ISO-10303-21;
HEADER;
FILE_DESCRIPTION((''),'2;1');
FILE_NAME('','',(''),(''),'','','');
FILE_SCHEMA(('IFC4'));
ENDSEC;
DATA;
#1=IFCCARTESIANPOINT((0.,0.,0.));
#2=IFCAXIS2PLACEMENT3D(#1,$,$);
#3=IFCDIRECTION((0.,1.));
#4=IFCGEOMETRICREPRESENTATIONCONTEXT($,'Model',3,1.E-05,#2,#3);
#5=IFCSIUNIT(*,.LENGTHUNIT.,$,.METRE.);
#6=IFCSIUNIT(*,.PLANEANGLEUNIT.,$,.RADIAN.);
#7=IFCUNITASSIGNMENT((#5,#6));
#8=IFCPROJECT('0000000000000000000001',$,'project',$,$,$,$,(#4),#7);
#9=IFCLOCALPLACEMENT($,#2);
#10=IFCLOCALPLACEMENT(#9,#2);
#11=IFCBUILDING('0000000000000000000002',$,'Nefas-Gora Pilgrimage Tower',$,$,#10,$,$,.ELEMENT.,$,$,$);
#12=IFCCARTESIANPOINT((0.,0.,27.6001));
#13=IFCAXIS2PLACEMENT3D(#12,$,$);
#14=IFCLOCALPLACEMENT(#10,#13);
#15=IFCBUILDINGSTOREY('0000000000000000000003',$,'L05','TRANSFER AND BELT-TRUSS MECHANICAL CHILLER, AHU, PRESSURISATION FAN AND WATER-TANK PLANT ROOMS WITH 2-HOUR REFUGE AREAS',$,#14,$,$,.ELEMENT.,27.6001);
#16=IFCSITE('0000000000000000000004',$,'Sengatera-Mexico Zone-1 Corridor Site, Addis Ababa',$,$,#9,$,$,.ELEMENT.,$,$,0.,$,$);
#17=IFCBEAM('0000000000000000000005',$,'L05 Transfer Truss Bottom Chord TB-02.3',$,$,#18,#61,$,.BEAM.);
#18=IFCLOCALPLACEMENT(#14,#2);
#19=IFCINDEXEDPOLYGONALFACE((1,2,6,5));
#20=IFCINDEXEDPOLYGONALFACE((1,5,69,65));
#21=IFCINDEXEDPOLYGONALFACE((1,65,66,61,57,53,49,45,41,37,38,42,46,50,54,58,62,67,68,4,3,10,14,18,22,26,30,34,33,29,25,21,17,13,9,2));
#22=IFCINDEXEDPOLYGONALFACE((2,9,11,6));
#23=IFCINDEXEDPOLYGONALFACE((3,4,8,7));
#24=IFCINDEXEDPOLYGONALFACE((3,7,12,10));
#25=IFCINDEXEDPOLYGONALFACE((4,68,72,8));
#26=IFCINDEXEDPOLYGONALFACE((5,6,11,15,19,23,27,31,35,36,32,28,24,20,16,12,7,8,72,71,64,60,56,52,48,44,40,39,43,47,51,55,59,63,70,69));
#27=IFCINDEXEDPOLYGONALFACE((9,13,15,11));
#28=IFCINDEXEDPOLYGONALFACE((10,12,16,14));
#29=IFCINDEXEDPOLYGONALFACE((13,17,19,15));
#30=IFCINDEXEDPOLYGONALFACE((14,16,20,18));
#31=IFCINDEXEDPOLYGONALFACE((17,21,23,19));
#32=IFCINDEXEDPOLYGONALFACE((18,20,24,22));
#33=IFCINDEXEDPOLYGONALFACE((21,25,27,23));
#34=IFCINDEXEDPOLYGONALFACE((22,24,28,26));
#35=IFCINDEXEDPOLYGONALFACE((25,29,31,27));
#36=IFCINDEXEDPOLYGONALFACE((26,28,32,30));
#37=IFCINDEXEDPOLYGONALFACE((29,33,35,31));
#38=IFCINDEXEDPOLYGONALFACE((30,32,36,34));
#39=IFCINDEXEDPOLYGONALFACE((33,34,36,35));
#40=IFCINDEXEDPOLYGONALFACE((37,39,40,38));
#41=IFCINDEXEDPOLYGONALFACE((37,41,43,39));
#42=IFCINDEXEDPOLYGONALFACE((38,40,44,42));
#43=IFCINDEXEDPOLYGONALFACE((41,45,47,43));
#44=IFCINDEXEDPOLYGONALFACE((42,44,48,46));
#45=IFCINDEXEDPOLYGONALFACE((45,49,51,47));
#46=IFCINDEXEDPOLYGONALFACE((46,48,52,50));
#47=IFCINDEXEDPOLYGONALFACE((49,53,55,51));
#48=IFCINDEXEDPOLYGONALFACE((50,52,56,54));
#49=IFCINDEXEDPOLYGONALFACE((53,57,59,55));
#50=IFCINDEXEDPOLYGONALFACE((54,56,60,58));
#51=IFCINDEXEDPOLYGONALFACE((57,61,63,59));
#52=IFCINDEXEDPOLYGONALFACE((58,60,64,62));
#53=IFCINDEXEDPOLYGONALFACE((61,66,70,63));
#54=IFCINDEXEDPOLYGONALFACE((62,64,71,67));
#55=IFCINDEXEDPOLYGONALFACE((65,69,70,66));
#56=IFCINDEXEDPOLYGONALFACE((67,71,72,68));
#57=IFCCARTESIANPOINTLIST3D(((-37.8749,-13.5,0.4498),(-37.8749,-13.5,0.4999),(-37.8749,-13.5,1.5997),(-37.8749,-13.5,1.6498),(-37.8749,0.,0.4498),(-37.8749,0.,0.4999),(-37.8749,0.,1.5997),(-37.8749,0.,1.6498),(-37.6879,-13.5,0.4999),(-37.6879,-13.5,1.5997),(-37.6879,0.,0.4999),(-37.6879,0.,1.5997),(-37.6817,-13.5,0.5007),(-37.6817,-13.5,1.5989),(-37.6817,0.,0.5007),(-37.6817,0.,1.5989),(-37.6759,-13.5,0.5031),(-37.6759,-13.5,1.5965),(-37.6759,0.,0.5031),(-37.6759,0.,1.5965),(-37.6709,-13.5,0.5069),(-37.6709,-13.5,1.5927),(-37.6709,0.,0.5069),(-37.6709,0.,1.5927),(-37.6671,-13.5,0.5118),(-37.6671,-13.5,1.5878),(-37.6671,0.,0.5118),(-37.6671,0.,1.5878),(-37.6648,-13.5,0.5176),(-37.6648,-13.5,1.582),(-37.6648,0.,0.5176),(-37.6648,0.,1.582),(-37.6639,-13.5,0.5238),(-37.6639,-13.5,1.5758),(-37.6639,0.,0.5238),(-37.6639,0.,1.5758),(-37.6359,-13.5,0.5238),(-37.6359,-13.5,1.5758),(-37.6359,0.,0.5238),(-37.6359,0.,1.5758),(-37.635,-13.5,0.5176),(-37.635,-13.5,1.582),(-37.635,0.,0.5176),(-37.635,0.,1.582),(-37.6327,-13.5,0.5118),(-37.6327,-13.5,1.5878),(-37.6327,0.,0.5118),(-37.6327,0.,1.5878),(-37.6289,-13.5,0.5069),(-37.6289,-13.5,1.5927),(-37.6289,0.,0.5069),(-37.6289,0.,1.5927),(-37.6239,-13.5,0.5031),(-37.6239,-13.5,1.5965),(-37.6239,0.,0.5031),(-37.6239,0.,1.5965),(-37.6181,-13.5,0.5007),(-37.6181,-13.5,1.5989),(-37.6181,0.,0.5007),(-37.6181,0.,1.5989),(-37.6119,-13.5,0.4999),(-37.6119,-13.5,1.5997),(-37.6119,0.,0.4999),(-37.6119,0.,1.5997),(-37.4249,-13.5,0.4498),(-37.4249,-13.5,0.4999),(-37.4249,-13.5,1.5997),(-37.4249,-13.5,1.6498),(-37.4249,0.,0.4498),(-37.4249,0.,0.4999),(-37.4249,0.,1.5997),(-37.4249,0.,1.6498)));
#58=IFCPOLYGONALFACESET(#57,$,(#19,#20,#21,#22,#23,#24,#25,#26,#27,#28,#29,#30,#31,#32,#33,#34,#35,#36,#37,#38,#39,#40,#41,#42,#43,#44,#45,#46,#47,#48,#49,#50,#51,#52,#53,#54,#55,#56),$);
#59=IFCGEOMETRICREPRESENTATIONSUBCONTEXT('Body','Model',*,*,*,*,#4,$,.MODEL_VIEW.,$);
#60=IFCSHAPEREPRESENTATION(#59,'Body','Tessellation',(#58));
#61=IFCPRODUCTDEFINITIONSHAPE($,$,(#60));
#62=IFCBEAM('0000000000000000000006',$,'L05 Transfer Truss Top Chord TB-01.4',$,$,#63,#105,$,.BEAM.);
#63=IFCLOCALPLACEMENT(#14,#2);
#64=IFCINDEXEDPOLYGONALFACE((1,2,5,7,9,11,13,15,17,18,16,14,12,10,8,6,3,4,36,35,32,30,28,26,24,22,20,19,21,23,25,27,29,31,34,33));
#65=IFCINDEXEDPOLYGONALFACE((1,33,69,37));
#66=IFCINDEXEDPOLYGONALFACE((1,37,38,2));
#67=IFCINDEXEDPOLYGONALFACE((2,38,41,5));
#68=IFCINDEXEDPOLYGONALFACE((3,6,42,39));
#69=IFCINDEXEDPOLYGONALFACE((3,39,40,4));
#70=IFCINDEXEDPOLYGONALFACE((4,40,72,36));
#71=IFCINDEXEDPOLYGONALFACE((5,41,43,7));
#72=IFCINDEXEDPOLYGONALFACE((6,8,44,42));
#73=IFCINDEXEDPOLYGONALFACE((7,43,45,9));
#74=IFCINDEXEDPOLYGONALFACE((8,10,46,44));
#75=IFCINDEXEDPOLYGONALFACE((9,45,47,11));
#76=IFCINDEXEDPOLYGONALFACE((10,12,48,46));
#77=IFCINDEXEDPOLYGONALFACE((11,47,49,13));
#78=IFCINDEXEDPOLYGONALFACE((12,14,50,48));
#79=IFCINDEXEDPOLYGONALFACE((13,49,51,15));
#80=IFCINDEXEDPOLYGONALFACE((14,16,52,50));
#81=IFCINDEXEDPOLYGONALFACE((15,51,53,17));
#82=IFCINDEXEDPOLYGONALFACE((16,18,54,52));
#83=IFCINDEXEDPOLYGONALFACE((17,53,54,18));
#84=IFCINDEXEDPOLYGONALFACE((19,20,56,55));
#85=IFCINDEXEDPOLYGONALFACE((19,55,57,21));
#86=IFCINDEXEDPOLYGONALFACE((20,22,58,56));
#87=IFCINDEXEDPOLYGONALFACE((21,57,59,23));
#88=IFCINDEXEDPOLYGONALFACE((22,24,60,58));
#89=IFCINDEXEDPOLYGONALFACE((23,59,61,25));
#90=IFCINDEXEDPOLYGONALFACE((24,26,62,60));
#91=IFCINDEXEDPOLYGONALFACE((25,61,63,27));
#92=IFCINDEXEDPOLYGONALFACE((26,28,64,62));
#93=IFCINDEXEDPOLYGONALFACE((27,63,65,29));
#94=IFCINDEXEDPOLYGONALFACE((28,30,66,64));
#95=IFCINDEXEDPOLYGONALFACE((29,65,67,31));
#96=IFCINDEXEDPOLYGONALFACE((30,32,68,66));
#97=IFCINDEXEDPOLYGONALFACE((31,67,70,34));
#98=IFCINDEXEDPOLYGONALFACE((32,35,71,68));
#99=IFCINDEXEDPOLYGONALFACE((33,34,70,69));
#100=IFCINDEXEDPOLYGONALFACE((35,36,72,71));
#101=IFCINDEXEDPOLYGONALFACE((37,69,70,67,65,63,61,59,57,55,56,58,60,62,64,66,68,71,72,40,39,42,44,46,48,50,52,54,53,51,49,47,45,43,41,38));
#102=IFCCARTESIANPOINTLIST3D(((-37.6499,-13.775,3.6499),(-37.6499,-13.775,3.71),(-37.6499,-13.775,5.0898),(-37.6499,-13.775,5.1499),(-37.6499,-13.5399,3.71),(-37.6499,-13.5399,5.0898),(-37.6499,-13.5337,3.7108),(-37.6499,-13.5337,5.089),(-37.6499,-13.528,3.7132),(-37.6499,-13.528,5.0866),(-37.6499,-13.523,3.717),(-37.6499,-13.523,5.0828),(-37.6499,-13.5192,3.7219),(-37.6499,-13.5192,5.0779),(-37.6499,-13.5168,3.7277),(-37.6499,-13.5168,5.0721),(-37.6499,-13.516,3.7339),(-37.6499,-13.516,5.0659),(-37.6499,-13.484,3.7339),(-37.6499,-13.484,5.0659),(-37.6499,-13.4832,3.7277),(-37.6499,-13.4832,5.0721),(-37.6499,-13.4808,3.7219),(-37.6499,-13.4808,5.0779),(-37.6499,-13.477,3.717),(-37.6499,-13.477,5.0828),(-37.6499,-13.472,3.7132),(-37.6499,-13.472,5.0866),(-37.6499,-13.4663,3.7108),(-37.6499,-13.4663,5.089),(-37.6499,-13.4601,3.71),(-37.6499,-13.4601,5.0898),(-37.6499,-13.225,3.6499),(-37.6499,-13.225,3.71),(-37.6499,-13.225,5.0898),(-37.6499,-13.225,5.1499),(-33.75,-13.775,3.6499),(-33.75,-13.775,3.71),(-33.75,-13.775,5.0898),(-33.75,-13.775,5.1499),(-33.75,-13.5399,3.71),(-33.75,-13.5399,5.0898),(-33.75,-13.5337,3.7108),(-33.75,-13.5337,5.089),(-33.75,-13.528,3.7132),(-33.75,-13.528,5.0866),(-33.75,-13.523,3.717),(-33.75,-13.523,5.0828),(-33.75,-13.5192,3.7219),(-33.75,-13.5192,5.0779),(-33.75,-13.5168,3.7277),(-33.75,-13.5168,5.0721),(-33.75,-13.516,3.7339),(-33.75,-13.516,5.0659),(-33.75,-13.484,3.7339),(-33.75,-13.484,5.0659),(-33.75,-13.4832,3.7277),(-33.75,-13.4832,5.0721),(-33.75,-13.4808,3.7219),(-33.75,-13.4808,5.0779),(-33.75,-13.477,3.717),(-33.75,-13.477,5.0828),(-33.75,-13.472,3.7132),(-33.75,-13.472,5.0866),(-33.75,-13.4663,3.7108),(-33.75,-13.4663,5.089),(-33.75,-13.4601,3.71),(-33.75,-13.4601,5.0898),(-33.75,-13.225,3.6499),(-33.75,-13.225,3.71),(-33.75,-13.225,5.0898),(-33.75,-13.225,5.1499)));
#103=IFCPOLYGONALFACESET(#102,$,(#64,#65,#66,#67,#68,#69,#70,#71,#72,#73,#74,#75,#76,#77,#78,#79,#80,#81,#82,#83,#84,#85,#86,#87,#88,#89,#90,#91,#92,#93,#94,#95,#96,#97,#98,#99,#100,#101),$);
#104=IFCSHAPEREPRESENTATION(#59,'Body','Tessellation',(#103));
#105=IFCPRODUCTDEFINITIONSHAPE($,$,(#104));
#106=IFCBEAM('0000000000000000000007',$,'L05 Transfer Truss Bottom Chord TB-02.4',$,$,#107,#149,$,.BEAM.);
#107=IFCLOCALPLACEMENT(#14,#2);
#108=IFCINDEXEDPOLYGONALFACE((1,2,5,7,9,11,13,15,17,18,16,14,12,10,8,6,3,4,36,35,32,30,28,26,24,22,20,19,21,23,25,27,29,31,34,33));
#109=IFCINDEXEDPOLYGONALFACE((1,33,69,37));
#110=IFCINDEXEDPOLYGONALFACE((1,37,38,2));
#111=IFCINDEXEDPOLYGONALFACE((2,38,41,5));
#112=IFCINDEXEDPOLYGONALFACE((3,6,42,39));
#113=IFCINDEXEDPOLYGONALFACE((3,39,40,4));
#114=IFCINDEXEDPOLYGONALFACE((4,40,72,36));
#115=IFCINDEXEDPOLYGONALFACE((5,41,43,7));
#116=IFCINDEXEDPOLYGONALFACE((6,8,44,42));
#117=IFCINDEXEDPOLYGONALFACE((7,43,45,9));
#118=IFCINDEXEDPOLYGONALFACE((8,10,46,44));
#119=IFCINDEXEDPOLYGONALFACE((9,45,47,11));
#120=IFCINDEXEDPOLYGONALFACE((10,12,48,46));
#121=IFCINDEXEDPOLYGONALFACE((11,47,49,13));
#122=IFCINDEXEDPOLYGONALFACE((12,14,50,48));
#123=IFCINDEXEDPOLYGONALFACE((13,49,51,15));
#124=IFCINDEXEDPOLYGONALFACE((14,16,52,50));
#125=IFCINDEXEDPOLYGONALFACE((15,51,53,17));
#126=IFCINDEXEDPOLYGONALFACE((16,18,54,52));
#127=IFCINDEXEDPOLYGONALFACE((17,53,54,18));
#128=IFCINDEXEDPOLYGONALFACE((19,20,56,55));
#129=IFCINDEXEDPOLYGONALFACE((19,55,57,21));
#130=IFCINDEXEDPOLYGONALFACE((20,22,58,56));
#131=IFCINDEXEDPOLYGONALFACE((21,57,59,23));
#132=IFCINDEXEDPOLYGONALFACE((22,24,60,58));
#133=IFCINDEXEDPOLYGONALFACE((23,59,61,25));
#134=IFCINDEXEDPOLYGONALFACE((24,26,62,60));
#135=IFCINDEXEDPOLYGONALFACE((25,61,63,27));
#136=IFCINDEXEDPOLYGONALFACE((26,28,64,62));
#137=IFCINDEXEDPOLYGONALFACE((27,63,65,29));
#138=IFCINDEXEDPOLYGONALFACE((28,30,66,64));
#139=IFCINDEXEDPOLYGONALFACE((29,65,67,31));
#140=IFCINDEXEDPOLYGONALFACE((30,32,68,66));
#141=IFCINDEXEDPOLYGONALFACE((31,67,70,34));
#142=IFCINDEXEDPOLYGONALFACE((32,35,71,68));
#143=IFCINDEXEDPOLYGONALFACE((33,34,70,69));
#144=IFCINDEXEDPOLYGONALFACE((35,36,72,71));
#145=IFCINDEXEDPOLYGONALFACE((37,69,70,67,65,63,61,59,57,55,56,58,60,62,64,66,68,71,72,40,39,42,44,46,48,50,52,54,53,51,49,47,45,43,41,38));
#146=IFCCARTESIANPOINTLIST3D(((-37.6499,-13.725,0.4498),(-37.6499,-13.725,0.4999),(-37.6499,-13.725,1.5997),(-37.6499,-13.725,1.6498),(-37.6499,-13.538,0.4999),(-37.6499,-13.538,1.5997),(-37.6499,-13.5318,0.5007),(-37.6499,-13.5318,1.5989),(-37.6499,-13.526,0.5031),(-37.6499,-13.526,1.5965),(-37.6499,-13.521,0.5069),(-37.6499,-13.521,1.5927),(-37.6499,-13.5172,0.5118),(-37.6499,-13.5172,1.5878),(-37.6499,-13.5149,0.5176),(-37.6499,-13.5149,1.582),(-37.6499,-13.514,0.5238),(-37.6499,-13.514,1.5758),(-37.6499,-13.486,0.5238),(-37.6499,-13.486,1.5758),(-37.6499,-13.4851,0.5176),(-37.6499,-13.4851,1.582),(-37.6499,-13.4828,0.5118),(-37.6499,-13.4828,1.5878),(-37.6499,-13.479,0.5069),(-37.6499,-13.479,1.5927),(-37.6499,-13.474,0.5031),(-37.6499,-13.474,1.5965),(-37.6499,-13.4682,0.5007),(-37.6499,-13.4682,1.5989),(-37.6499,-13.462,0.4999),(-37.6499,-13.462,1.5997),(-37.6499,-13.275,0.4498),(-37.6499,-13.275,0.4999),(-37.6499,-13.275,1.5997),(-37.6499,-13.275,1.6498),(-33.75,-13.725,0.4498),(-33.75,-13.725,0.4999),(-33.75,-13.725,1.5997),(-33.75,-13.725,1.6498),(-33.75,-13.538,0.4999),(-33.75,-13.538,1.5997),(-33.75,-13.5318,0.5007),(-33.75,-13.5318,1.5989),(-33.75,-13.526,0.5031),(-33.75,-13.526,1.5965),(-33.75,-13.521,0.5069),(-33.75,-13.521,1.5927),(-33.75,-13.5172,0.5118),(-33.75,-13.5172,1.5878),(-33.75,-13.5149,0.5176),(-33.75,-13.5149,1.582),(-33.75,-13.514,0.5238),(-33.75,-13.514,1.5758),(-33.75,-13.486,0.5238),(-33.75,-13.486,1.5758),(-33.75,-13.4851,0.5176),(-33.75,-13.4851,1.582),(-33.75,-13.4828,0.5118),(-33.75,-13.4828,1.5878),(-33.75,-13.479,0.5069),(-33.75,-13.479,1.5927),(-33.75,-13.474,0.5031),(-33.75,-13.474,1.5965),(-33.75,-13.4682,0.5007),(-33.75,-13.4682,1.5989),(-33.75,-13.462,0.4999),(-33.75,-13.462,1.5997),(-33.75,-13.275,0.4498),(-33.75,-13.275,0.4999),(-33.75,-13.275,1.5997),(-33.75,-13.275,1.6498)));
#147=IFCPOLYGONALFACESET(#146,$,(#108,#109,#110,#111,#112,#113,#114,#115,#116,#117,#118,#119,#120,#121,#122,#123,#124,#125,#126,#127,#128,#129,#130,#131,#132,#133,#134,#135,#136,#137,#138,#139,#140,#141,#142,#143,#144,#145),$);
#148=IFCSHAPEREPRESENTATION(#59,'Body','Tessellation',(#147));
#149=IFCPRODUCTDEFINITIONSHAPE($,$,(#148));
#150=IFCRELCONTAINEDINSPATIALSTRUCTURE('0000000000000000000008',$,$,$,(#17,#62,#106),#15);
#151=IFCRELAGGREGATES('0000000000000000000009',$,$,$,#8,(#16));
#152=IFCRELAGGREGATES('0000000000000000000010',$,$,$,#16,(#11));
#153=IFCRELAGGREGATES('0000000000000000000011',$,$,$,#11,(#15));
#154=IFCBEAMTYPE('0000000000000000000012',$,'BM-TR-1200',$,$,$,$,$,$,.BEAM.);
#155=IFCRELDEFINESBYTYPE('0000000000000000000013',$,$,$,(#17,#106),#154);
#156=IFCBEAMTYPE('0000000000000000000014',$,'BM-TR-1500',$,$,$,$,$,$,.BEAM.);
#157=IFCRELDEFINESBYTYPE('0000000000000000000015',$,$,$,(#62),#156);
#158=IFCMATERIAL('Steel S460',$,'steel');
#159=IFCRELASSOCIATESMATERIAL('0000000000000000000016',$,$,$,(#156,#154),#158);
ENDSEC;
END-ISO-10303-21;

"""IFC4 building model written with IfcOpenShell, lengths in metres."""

from ifc_helpers import new_model, si_unit, direction, frame, origin, origin_2d, place, context, subcontext, project, spatial, i_section, extrude, source, transform, mapped, material, material_profile, profile_set, type_object, element, save


model = new_model("IFC4")

# Units and contexts
model_context = context("Model", 3, precision=1e-05, world=origin(), true_north=direction((0.0, 1.0)))
body_context = subcontext(model_context, "Body", "Model", "MODEL_VIEW")
ifc_project = project(units=[si_unit("LENGTHUNIT", "METRE"), si_unit("PLANEANGLEUNIT", "RADIAN")], contexts=[model_context])

# Site, building, storey
site_placement = place(None, origin())
site = spatial("IfcSite", under=ifc_project, at=site_placement, Name="Sengatera-Mexico Zone-1 Corridor Site, Addis Ababa", CompositionType="ELEMENT", RefElevation=0.0)
building_placement = place(site_placement, origin())
building = spatial("IfcBuilding", under=site, at=building_placement, Name="Nefas-Gora Pilgrimage Tower", CompositionType="ELEMENT")
storey_placement = place(building_placement, frame((0.0, 0.0, 27.6001)))
storey = spatial("IfcBuildingStorey", under=building, at=storey_placement, Name="L05", Description="TRANSFER AND BELT-TRUSS MECHANICAL CHILLER, AHU, PRESSURISATION FAN AND WATER-TANK PLANT ROOMS WITH 2-HOUR REFUGE AREAS", CompositionType="ELEMENT", Elevation=27.6001)

# Shared definitions
ifc_material_1 = material(Name="Steel S460", Category="steel")

# Shared definitions
ifc_material_profile_1 = material_profile(ifc_material_1, i_section(OverallWidth=0.55, OverallDepth=1.5, WebThickness=0.032, FlangeThickness=0.0601, FilletRadius=0.0239, at=origin_2d()), Name="WPG 1500x550x32x60")
ifc_profile_set_1 = profile_set([ifc_material_profile_1], Name="Steel S460")
beam_type_1 = type_object("IfcBeamType", Name="BM-TR-1500", PredefinedType="BEAM", material=ifc_profile_set_1)
ifc_material_profile_2 = material_profile(ifc_material_1, i_section(OverallWidth=0.45, OverallDepth=1.2, WebThickness=0.0281, FlangeThickness=0.05, FilletRadius=0.0239, at=origin_2d()), Name="WPG 1200x450x28x50")
ifc_profile_set_2 = profile_set([ifc_material_profile_2], Name="Steel S460")
beam_type_2 = type_object("IfcBeamType", Name="BM-TR-1200", PredefinedType="BEAM", material=ifc_profile_set_2)

# Beams
shared_shape_1 = source(origin(), body_context, "Body", "SweptSolid", [
    extrude(i_section(OverallWidth=0.45, OverallDepth=1.2, WebThickness=0.0281, FlangeThickness=0.05, FilletRadius=0.0239, at=origin_2d()), origin(), (0.0, 0.0, 1.0), 13.5),
])
beam_1_placement = place(storey_placement, frame((-37.6499, -13.5, 1.0498), z_axis=(0.0, 1.0, 0.0), x_axis=(-1.0, 0.0, 0.0)))
element("IfcBeam", 1, at=beam_1_placement, inside=storey, type_object=beam_type_2, Name="L05 Transfer Truss Bottom Chord TB-02.3", PredefinedType="BEAM", context=body_context, shape_type="MappedRepresentation", body=[
    mapped(shared_shape_1, transform((0.0, 0.0, 0.0), x_axis=(1.0, 0.0, 0.0), y_axis=(0.0, 1.0, 0.0), z_axis=(0.0, 0.0, 1.0), scale=1.0)),
])
shared_shape_2 = source(origin(), body_context, "Body", "SweptSolid", [
    extrude(i_section(OverallWidth=0.55, OverallDepth=1.5, WebThickness=0.032, FlangeThickness=0.0601, FilletRadius=0.0239, at=origin_2d()), origin(), (0.0, 0.0, 1.0), 3.8999),
])
beam_2_placement = place(storey_placement, frame((-37.6499, -13.5, 4.3999), z_axis=(1.0, 0.0, 0.0), x_axis=(0.0, 1.0, 0.0)))
element("IfcBeam", 2, at=beam_2_placement, inside=storey, type_object=beam_type_1, Name="L05 Transfer Truss Top Chord TB-01.4", PredefinedType="BEAM", context=body_context, shape_type="MappedRepresentation", body=[
    mapped(shared_shape_2, transform((0.0, 0.0, 0.0), x_axis=(1.0, 0.0, 0.0), y_axis=(0.0, 1.0, 0.0), z_axis=(0.0, 0.0, 1.0), scale=1.0)),
])
shared_shape_3 = source(origin(), body_context, "Body", "SweptSolid", [
    extrude(i_section(OverallWidth=0.45, OverallDepth=1.2, WebThickness=0.0281, FlangeThickness=0.05, FilletRadius=0.0239, at=origin_2d()), origin(), (0.0, 0.0, 1.0), 3.8999),
])
beam_3_placement = place(storey_placement, frame((-37.6499, -13.5, 1.0498), z_axis=(1.0, 0.0, 0.0), x_axis=(0.0, 1.0, 0.0)))
element("IfcBeam", 3, at=beam_3_placement, inside=storey, type_object=beam_type_2, Name="L05 Transfer Truss Bottom Chord TB-02.4", PredefinedType="BEAM", context=body_context, shape_type="MappedRepresentation", body=[
    mapped(shared_shape_3, transform((0.0, 0.0, 0.0), x_axis=(1.0, 0.0, 0.0), y_axis=(0.0, 1.0, 0.0), z_axis=(0.0, 0.0, 1.0), scale=1.0)),
])

save(model, "model.ifc")
